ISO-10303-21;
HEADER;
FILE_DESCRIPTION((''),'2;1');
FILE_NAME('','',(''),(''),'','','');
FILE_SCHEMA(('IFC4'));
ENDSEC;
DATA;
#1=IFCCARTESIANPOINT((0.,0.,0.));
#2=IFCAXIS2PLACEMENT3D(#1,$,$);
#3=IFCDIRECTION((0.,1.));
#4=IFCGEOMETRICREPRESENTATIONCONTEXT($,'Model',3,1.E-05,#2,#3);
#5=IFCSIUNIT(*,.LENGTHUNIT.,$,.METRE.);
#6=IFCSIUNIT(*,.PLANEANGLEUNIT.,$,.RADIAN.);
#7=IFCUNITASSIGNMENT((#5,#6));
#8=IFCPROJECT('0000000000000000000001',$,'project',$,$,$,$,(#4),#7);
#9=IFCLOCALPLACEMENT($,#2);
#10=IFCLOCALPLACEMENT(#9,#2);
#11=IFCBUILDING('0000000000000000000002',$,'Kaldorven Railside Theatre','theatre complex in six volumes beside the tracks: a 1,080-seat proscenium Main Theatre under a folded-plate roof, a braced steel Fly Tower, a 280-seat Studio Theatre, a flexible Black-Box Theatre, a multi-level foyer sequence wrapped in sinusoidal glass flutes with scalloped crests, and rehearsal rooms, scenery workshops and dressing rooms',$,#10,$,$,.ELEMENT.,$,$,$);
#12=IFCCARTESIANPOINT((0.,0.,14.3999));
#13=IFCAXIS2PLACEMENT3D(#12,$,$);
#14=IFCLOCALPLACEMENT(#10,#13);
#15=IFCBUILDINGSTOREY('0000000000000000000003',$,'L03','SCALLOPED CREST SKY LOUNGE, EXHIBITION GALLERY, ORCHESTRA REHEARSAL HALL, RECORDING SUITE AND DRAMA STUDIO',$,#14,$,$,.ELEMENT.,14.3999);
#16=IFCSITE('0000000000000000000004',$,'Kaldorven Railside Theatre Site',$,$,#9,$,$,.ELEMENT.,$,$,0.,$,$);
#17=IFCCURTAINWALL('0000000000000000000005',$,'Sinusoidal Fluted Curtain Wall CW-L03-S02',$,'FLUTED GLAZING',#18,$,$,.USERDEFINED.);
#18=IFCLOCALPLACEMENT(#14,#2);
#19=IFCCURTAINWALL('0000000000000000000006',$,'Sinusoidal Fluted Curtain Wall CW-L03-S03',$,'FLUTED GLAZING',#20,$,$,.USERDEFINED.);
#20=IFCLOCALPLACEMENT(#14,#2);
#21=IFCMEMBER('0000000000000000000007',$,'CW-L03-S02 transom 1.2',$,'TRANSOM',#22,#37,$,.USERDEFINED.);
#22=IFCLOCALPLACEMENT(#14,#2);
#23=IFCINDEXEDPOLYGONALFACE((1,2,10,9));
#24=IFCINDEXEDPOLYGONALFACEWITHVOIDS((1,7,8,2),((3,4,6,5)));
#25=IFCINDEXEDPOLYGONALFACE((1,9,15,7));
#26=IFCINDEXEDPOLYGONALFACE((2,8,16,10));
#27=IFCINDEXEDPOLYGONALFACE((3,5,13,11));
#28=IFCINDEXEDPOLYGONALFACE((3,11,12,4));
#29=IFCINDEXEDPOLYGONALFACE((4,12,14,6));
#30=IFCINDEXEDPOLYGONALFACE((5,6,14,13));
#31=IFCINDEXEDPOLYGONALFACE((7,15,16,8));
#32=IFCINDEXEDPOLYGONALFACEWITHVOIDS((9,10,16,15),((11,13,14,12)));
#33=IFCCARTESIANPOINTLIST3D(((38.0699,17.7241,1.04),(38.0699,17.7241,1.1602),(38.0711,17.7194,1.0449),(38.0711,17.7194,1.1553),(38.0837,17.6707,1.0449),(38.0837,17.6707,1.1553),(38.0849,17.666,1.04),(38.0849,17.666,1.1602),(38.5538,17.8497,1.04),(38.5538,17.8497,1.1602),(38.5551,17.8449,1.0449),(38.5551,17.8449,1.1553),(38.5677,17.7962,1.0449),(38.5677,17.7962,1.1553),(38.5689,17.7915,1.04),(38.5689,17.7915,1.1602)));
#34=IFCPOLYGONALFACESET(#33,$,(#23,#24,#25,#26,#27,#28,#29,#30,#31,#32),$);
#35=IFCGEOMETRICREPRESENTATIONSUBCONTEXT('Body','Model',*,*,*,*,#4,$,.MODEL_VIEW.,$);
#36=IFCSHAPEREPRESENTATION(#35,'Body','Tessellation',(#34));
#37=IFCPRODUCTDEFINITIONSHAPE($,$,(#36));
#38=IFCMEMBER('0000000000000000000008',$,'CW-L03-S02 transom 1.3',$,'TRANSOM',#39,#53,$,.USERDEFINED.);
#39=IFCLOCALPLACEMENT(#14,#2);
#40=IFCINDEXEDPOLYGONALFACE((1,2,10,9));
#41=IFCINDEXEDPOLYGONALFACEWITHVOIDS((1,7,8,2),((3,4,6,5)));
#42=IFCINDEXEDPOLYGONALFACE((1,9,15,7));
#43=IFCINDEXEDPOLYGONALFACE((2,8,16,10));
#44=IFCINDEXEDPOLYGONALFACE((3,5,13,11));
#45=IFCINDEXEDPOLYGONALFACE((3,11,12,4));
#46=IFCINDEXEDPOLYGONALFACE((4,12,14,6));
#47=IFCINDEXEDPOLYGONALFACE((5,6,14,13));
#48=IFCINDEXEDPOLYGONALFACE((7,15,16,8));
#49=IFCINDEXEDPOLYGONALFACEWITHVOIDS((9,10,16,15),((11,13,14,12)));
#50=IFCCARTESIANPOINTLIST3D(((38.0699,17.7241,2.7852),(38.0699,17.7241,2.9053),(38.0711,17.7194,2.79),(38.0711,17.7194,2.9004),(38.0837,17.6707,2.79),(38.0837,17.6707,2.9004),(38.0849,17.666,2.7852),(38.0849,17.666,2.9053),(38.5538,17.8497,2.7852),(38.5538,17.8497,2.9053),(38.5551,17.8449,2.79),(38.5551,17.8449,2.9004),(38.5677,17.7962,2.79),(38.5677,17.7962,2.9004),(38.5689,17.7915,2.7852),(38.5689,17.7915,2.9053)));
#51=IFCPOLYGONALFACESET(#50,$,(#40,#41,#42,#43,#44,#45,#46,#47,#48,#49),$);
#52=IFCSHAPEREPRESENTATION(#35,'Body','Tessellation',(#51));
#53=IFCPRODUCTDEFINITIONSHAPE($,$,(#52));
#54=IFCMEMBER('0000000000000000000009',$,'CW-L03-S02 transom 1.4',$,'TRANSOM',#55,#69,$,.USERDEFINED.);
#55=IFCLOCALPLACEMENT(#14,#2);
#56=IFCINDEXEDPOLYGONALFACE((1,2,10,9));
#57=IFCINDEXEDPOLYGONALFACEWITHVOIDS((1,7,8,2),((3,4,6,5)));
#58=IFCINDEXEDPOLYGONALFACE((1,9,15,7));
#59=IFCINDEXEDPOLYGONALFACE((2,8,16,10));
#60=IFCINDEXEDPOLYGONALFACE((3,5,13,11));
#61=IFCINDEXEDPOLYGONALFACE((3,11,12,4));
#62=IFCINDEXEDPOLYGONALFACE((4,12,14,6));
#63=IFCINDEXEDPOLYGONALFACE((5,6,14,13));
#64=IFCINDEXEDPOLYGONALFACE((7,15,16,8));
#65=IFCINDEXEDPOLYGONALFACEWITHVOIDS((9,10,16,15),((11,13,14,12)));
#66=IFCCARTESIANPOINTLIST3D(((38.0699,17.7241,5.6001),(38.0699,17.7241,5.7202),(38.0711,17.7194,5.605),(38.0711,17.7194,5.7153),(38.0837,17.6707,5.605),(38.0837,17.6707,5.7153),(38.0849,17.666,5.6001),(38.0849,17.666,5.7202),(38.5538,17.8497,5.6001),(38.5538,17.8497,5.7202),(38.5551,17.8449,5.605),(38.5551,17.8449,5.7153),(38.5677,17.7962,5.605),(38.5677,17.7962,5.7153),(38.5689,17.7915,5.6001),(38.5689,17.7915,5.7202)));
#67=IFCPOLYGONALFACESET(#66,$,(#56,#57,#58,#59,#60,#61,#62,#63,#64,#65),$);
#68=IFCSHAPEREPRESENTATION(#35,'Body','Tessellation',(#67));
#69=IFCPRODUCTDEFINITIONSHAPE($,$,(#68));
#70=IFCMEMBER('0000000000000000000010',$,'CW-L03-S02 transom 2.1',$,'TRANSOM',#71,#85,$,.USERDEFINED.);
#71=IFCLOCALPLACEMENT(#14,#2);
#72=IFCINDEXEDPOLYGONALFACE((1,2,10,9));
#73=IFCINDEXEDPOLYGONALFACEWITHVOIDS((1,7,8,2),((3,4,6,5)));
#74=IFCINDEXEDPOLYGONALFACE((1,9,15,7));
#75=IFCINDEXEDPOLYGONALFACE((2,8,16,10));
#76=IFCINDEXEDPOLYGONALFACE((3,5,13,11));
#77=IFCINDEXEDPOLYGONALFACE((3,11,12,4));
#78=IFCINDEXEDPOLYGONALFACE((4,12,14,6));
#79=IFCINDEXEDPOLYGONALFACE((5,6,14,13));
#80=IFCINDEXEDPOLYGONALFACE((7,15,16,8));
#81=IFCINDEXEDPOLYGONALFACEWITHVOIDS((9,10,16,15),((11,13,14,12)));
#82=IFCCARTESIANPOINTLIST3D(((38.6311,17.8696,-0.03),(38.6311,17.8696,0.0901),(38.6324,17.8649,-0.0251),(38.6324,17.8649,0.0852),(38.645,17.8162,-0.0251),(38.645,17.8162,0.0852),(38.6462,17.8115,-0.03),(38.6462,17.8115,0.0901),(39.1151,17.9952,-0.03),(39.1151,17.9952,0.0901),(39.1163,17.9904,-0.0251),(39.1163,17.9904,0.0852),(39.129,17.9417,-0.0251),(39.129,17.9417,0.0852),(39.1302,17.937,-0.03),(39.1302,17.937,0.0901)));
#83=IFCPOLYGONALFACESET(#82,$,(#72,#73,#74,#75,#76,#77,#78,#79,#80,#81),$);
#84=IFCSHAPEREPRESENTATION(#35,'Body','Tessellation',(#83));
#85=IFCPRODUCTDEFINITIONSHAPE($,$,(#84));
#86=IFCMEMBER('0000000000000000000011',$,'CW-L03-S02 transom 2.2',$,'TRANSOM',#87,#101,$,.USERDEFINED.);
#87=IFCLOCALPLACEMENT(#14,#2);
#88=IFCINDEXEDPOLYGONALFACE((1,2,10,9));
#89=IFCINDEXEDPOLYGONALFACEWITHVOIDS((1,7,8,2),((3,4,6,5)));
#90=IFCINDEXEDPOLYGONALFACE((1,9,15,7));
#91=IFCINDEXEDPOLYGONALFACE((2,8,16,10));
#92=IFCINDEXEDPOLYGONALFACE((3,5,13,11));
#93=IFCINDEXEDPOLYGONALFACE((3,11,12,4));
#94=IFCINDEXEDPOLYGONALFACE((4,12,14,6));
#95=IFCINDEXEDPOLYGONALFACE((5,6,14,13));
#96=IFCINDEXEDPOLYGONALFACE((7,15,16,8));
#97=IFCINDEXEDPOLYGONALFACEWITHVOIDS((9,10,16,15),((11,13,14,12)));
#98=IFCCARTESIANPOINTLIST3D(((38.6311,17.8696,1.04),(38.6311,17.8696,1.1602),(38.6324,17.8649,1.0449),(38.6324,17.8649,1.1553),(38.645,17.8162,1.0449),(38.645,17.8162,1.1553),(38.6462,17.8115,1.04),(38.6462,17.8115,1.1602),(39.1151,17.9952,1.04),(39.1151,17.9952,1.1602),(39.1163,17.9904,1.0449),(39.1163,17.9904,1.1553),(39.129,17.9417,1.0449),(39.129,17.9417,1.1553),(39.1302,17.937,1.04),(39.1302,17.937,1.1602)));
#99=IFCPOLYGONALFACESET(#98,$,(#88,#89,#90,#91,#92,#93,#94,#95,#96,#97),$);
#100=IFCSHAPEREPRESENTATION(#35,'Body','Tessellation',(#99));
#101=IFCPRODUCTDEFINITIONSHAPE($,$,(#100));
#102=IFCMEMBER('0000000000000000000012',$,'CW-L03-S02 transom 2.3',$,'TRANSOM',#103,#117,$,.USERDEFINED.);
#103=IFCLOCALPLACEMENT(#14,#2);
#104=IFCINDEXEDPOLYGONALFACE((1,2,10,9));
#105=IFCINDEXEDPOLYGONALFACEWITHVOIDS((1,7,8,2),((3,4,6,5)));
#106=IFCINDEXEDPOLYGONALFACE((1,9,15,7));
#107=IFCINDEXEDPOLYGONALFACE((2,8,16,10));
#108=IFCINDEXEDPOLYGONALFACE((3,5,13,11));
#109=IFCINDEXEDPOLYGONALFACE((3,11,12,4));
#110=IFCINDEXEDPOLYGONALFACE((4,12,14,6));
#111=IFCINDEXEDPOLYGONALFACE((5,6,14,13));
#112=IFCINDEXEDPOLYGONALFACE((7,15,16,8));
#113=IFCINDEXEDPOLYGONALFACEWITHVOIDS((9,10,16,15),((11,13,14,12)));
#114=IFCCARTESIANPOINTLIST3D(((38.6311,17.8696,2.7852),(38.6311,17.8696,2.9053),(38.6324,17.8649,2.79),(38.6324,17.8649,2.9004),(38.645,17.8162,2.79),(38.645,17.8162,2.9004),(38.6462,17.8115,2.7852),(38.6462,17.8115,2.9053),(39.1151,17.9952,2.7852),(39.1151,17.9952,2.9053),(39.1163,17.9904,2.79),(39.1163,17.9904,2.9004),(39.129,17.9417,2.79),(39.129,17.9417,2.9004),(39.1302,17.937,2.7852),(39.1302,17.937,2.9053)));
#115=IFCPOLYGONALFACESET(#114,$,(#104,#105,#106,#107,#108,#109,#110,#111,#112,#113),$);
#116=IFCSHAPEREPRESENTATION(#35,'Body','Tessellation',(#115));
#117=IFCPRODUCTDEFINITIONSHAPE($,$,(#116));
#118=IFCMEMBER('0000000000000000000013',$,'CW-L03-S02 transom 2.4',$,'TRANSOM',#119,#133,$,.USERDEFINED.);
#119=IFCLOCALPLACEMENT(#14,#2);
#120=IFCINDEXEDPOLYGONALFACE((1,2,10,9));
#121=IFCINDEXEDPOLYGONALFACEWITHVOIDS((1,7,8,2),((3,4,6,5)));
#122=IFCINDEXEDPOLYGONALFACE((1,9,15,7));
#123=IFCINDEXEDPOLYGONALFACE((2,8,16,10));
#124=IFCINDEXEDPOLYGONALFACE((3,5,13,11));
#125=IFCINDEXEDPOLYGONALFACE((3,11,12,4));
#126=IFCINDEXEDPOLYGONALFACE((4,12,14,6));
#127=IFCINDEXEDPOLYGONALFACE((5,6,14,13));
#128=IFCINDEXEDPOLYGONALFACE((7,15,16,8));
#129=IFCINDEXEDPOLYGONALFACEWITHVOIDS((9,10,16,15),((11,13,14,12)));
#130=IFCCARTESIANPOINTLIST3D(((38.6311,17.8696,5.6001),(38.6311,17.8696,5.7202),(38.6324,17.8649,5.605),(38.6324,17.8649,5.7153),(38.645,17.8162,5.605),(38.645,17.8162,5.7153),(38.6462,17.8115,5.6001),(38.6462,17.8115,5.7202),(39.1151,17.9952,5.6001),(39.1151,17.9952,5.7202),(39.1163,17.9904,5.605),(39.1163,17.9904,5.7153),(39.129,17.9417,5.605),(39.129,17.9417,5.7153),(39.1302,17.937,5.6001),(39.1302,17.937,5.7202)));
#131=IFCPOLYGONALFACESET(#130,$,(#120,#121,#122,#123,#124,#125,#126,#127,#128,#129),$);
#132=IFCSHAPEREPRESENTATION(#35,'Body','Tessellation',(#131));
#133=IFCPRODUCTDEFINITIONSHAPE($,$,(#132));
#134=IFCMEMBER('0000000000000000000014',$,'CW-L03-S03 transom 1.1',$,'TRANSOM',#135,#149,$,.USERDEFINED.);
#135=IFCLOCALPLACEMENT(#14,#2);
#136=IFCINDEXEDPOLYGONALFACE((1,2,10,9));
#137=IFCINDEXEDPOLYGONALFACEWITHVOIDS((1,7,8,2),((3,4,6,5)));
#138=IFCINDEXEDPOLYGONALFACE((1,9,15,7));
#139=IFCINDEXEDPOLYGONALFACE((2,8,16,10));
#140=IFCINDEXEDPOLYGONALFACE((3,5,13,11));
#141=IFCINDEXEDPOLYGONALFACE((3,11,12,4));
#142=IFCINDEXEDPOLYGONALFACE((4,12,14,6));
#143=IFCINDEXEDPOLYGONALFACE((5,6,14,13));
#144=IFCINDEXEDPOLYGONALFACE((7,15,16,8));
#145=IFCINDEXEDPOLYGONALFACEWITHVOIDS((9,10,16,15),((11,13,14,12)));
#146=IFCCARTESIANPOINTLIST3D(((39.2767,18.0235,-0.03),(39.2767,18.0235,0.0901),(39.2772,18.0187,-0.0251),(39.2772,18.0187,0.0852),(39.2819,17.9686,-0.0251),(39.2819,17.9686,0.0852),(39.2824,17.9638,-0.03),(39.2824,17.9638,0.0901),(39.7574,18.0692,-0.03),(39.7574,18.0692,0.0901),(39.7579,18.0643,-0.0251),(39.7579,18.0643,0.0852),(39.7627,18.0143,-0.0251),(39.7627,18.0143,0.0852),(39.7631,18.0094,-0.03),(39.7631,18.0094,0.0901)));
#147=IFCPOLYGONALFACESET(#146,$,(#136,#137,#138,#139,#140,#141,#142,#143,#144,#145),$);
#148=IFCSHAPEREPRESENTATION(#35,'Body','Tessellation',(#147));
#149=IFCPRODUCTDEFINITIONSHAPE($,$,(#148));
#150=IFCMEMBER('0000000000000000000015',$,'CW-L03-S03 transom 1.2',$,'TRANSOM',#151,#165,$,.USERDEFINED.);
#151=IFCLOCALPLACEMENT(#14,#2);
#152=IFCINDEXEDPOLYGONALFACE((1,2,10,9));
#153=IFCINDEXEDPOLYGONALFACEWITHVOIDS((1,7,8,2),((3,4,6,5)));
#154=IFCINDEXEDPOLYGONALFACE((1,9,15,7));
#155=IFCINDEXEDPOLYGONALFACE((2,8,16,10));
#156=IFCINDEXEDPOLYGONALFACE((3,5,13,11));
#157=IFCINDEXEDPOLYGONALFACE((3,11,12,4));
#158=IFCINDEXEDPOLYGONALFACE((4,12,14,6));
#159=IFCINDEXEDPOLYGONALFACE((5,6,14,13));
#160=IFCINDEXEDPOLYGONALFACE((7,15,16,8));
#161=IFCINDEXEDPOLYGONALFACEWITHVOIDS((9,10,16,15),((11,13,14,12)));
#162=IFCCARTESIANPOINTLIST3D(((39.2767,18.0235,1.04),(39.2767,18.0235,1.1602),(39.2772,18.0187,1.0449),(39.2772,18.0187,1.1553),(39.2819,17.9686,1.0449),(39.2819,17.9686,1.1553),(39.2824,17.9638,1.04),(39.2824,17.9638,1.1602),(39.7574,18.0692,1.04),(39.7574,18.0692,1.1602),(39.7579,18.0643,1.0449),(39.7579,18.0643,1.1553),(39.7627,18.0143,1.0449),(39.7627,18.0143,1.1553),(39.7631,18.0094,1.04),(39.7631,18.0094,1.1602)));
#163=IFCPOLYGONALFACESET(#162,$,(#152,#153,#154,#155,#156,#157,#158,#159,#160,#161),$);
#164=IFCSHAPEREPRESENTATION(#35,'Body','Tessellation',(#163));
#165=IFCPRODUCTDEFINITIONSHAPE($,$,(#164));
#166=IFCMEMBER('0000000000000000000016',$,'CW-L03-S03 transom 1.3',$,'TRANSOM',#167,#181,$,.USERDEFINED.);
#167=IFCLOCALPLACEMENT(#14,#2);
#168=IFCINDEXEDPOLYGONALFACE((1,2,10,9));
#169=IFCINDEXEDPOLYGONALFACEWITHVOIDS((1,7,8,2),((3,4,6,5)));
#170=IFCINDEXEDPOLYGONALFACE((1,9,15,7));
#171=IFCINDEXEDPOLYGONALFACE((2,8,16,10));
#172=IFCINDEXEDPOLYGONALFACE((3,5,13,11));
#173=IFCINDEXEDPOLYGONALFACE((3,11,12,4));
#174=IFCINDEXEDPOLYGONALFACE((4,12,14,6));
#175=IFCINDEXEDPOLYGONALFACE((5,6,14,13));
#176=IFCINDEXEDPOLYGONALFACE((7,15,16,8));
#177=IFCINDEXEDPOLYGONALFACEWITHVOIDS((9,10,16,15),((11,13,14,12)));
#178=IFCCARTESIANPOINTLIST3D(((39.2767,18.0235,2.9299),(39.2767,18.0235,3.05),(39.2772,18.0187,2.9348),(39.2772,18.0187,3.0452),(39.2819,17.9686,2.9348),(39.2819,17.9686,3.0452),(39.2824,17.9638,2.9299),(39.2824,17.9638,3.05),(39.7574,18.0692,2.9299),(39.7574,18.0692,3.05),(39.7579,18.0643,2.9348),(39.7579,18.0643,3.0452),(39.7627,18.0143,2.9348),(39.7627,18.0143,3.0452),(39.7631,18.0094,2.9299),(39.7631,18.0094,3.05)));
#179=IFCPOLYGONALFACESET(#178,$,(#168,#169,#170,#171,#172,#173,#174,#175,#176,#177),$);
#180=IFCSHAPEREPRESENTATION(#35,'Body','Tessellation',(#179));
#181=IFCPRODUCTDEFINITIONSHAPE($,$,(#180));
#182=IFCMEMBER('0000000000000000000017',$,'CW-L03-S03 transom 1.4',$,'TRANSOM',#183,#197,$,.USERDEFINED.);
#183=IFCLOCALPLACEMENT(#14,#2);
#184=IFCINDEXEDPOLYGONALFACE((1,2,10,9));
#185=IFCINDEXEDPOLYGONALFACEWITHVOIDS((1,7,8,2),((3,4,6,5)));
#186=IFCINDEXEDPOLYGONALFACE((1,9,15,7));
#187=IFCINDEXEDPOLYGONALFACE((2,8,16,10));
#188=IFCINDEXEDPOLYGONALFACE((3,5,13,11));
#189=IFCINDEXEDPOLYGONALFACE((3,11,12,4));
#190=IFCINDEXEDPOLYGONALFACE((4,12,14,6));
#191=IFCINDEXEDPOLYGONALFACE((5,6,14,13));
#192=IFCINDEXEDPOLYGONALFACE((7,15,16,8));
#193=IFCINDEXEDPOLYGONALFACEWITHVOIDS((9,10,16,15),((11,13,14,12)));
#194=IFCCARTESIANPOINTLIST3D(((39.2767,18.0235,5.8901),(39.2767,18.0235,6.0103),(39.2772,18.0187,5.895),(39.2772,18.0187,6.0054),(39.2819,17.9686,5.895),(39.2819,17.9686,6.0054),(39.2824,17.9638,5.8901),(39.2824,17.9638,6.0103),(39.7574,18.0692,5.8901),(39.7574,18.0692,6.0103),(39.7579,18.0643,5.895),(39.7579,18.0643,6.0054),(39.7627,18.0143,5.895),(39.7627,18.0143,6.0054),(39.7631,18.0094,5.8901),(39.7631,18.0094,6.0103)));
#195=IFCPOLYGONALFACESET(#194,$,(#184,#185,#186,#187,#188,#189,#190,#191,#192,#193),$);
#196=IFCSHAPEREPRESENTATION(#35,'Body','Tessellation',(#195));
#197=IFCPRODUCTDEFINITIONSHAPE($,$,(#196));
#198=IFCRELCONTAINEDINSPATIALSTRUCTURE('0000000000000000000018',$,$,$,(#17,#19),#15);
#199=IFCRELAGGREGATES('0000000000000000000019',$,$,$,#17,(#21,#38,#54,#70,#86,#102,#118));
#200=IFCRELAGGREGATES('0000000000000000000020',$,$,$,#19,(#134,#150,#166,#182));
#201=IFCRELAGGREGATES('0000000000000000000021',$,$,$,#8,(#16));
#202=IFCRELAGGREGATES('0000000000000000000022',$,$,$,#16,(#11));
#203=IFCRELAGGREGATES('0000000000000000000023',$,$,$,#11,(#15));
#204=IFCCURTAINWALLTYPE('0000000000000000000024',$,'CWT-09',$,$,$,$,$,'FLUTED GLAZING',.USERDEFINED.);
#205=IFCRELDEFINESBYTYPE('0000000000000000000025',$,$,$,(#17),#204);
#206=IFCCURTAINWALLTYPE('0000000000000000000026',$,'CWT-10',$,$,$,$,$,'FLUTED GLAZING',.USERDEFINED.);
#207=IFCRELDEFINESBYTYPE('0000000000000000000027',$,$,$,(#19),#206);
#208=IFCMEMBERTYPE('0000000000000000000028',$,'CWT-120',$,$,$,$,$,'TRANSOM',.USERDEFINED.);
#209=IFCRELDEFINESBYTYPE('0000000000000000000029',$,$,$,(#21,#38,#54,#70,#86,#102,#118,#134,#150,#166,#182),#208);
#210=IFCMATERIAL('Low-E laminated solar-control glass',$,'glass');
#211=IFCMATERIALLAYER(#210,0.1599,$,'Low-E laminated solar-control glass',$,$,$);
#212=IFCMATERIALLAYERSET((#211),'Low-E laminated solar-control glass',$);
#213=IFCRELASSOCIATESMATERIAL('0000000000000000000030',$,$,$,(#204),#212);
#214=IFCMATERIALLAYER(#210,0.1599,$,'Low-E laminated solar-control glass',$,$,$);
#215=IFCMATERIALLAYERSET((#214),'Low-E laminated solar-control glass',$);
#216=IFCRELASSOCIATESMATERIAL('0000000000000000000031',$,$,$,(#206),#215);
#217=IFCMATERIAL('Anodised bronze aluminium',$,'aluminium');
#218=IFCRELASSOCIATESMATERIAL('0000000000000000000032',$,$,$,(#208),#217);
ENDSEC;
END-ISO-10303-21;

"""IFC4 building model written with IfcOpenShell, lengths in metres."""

from ifc_helpers import new_model, si_unit, direction, frame, origin, origin_2d, place, context, subcontext, project, spatial, hollow_rectangle, extrude, material, layer, layer_set, material_profile, profile_set, type_object, element, aggregate, save


model = new_model("IFC4")

# Units and contexts
model_context = context("Model", 3, precision=1e-05, world=origin(), true_north=direction((0.0, 1.0)))
body_context = subcontext(model_context, "Body", "Model", "MODEL_VIEW")
ifc_project = project(units=[si_unit("LENGTHUNIT", "METRE"), si_unit("PLANEANGLEUNIT", "RADIAN")], contexts=[model_context])

# Site, building, storey
site_placement = place(None, origin())
site = spatial("IfcSite", under=ifc_project, at=site_placement, Name="Kaldorven Railside Theatre Site", CompositionType="ELEMENT", RefElevation=0.0)
building_placement = place(site_placement, origin())
building = spatial("IfcBuilding", under=site, at=building_placement, Name="Kaldorven Railside Theatre", Description="theatre complex in six volumes beside the tracks: a 1,080-seat proscenium Main Theatre under a folded-plate roof, a braced steel Fly Tower, a 280-seat Studio Theatre, a flexible Black-Box Theatre, a multi-level foyer sequence wrapped in sinusoidal glass flutes with scalloped crests, and rehearsal rooms, scenery workshops and dressing rooms", CompositionType="ELEMENT")
storey_placement = place(building_placement, frame((0.0, 0.0, 14.3999)))
storey = spatial("IfcBuildingStorey", under=building, at=storey_placement, Name="L03", Description="SCALLOPED CREST SKY LOUNGE, EXHIBITION GALLERY, ORCHESTRA REHEARSAL HALL, RECORDING SUITE AND DRAMA STUDIO", CompositionType="ELEMENT", Elevation=14.3999)

# Shared definitions
ifc_material_1 = material(Name="Low-E laminated solar-control glass", Category="glass")
ifc_material_2 = material(Name="Anodised bronze aluminium", Category="aluminium")

# Curtain wall
ifc_layer_1 = layer(ifc_material_1, 0.1599, Name="Low-E laminated solar-control glass")
ifc_layer_set_1 = layer_set([ifc_layer_1], Name="Low-E laminated solar-control glass")
curtain_wall_type_1 = type_object("IfcCurtainWallType", Name="CWT-09", ElementType="FLUTED GLAZING", PredefinedType="USERDEFINED", material=ifc_layer_set_1)
curtain_wall_1_placement = place(storey_placement, origin())
curtain_wall_1 = element("IfcCurtainWall", 1, at=curtain_wall_1_placement, inside=storey, type_object=curtain_wall_type_1, Name="Sinusoidal Fluted Curtain Wall CW-L03-S02", ObjectType="FLUTED GLAZING", PredefinedType="USERDEFINED")

# Curtain wall
ifc_layer_2 = layer(ifc_material_1, 0.1599, Name="Low-E laminated solar-control glass")
ifc_layer_set_2 = layer_set([ifc_layer_2], Name="Low-E laminated solar-control glass")
curtain_wall_type_2 = type_object("IfcCurtainWallType", Name="CWT-10", ElementType="FLUTED GLAZING", PredefinedType="USERDEFINED", material=ifc_layer_set_2)
curtain_wall_2_placement = place(storey_placement, origin())
curtain_wall_2 = element("IfcCurtainWall", 2, at=curtain_wall_2_placement, inside=storey, type_object=curtain_wall_type_2, Name="Sinusoidal Fluted Curtain Wall CW-L03-S03", ObjectType="FLUTED GLAZING", PredefinedType="USERDEFINED")

# Members
ifc_material_profile_1 = material_profile(ifc_material_2, hollow_rectangle(XDim=0.0601, YDim=0.1201, WallThickness=0.0049, at=origin_2d()), Name="RHS 120x60x5")
ifc_profile_set_1 = profile_set([ifc_material_profile_1], Name="Anodised bronze aluminium")
member_type_1 = type_object("IfcMemberType", Name="CWT-120", ElementType="TRANSOM", PredefinedType="USERDEFINED", material=ifc_profile_set_1)
member_1_placement = place(storey_placement, frame((38.0774, 17.6951, 1.1001), z_axis=(0.967979, 0.25103, 0.0), x_axis=(-0.25103, 0.967979, 0.0)))
member_1 = element("IfcMember", 3, at=member_1_placement, type_object=member_type_1, Name="CW-L03-S02 transom 1.2", ObjectType="TRANSOM", PredefinedType="USERDEFINED", context=body_context, shape_type="SweptSolid", body=[
    extrude(hollow_rectangle(XDim=0.0601, YDim=0.1201, WallThickness=0.0049, at=origin_2d()), origin(), (0.0, 0.0, 1.0), 0.5),
])
member_2_placement = place(storey_placement, frame((38.0774, 17.6951, 2.8452), z_axis=(0.967979, 0.25103, 0.0), x_axis=(-0.25103, 0.967979, 0.0)))
member_2 = element("IfcMember", 4, at=member_2_placement, type_object=member_type_1, Name="CW-L03-S02 transom 1.3", ObjectType="TRANSOM", PredefinedType="USERDEFINED", context=body_context, shape_type="SweptSolid", body=[
    extrude(hollow_rectangle(XDim=0.0601, YDim=0.1201, WallThickness=0.0049, at=origin_2d()), origin(), (0.0, 0.0, 1.0), 0.5),
])
member_3_placement = place(storey_placement, frame((38.0774, 17.6951, 5.6602), z_axis=(0.967979, 0.25103, 0.0), x_axis=(-0.25103, 0.967979, 0.0)))
member_3 = element("IfcMember", 5, at=member_3_placement, type_object=member_type_1, Name="CW-L03-S02 transom 1.4", ObjectType="TRANSOM", PredefinedType="USERDEFINED", context=body_context, shape_type="SweptSolid", body=[
    extrude(hollow_rectangle(XDim=0.0601, YDim=0.1201, WallThickness=0.0049, at=origin_2d()), origin(), (0.0, 0.0, 1.0), 0.5),
])
member_4_placement = place(storey_placement, frame((38.6387, 17.8406, 0.03), z_axis=(0.967979, 0.25103, 0.0), x_axis=(-0.25103, 0.967979, 0.0)))
member_4 = element("IfcMember", 6, at=member_4_placement, type_object=member_type_1, Name="CW-L03-S02 transom 2.1", ObjectType="TRANSOM", PredefinedType="USERDEFINED", context=body_context, shape_type="SweptSolid", body=[
    extrude(hollow_rectangle(XDim=0.0601, YDim=0.1201, WallThickness=0.0049, at=origin_2d()), origin(), (0.0, 0.0, 1.0), 0.5),
])
member_5_placement = place(storey_placement, frame((38.6387, 17.8406, 1.1001), z_axis=(0.967979, 0.25103, 0.0), x_axis=(-0.25103, 0.967979, 0.0)))
member_5 = element("IfcMember", 7, at=member_5_placement, type_object=member_type_1, Name="CW-L03-S02 transom 2.2", ObjectType="TRANSOM", PredefinedType="USERDEFINED", context=body_context, shape_type="SweptSolid", body=[
    extrude(hollow_rectangle(XDim=0.0601, YDim=0.1201, WallThickness=0.0049, at=origin_2d()), origin(), (0.0, 0.0, 1.0), 0.5),
])
member_6_placement = place(storey_placement, frame((38.6387, 17.8406, 2.8452), z_axis=(0.967979, 0.25103, 0.0), x_axis=(-0.25103, 0.967979, 0.0)))
member_6 = element("IfcMember", 8, at=member_6_placement, type_object=member_type_1, Name="CW-L03-S02 transom 2.3", ObjectType="TRANSOM", PredefinedType="USERDEFINED", context=body_context, shape_type="SweptSolid", body=[
    extrude(hollow_rectangle(XDim=0.0601, YDim=0.1201, WallThickness=0.0049, at=origin_2d()), origin(), (0.0, 0.0, 1.0), 0.5),
])
member_7_placement = place(storey_placement, frame((38.6387, 17.8406, 5.6602), z_axis=(0.967979, 0.25103, 0.0), x_axis=(-0.25103, 0.967979, 0.0)))
member_7 = element("IfcMember", 9, at=member_7_placement, type_object=member_type_1, Name="CW-L03-S02 transom 2.4", ObjectType="TRANSOM", PredefinedType="USERDEFINED", context=body_context, shape_type="SweptSolid", body=[
    extrude(hollow_rectangle(XDim=0.0601, YDim=0.1201, WallThickness=0.0049, at=origin_2d()), origin(), (0.0, 0.0, 1.0), 0.5),
])
member_8_placement = place(storey_placement, frame((39.2795, 17.9937, 0.03), z_axis=(0.99552, 0.094547, 0.0), x_axis=(-0.094547, 0.99552, 0.0)))
member_8 = element("IfcMember", 10, at=member_8_placement, type_object=member_type_1, Name="CW-L03-S03 transom 1.1", ObjectType="TRANSOM", PredefinedType="USERDEFINED", context=body_context, shape_type="SweptSolid", body=[
    extrude(hollow_rectangle(XDim=0.0601, YDim=0.1201, WallThickness=0.0049, at=origin_2d()), origin(), (0.0, 0.0, 1.0), 0.4829),
])
member_9_placement = place(storey_placement, frame((39.2795, 17.9937, 1.1001), z_axis=(0.99552, 0.094547, 0.0), x_axis=(-0.094547, 0.99552, 0.0)))
member_9 = element("IfcMember", 11, at=member_9_placement, type_object=member_type_1, Name="CW-L03-S03 transom 1.2", ObjectType="TRANSOM", PredefinedType="USERDEFINED", context=body_context, shape_type="SweptSolid", body=[
    extrude(hollow_rectangle(XDim=0.0601, YDim=0.1201, WallThickness=0.0049, at=origin_2d()), origin(), (0.0, 0.0, 1.0), 0.4829),
])
member_10_placement = place(storey_placement, frame((39.2795, 17.9937, 2.99), z_axis=(0.99552, 0.094547, 0.0), x_axis=(-0.094547, 0.99552, 0.0)))
member_10 = element("IfcMember", 12, at=member_10_placement, type_object=member_type_1, Name="CW-L03-S03 transom 1.3", ObjectType="TRANSOM", PredefinedType="USERDEFINED", context=body_context, shape_type="SweptSolid", body=[
    extrude(hollow_rectangle(XDim=0.0601, YDim=0.1201, WallThickness=0.0049, at=origin_2d()), origin(), (0.0, 0.0, 1.0), 0.4829),
])
member_11_placement = place(storey_placement, frame((39.2795, 17.9937, 5.9502), z_axis=(0.99552, 0.094547, 0.0), x_axis=(-0.094547, 0.99552, 0.0)))
member_11 = element("IfcMember", 13, at=member_11_placement, type_object=member_type_1, Name="CW-L03-S03 transom 1.4", ObjectType="TRANSOM", PredefinedType="USERDEFINED", context=body_context, shape_type="SweptSolid", body=[
    extrude(hollow_rectangle(XDim=0.0601, YDim=0.1201, WallThickness=0.0049, at=origin_2d()), origin(), (0.0, 0.0, 1.0), 0.4829),
])

aggregate(curtain_wall_1, [member_1, member_2, member_3, member_4, member_5, member_6, member_7])
aggregate(curtain_wall_2, [member_8, member_9, member_10, member_11])

save(model, "model.ifc")
